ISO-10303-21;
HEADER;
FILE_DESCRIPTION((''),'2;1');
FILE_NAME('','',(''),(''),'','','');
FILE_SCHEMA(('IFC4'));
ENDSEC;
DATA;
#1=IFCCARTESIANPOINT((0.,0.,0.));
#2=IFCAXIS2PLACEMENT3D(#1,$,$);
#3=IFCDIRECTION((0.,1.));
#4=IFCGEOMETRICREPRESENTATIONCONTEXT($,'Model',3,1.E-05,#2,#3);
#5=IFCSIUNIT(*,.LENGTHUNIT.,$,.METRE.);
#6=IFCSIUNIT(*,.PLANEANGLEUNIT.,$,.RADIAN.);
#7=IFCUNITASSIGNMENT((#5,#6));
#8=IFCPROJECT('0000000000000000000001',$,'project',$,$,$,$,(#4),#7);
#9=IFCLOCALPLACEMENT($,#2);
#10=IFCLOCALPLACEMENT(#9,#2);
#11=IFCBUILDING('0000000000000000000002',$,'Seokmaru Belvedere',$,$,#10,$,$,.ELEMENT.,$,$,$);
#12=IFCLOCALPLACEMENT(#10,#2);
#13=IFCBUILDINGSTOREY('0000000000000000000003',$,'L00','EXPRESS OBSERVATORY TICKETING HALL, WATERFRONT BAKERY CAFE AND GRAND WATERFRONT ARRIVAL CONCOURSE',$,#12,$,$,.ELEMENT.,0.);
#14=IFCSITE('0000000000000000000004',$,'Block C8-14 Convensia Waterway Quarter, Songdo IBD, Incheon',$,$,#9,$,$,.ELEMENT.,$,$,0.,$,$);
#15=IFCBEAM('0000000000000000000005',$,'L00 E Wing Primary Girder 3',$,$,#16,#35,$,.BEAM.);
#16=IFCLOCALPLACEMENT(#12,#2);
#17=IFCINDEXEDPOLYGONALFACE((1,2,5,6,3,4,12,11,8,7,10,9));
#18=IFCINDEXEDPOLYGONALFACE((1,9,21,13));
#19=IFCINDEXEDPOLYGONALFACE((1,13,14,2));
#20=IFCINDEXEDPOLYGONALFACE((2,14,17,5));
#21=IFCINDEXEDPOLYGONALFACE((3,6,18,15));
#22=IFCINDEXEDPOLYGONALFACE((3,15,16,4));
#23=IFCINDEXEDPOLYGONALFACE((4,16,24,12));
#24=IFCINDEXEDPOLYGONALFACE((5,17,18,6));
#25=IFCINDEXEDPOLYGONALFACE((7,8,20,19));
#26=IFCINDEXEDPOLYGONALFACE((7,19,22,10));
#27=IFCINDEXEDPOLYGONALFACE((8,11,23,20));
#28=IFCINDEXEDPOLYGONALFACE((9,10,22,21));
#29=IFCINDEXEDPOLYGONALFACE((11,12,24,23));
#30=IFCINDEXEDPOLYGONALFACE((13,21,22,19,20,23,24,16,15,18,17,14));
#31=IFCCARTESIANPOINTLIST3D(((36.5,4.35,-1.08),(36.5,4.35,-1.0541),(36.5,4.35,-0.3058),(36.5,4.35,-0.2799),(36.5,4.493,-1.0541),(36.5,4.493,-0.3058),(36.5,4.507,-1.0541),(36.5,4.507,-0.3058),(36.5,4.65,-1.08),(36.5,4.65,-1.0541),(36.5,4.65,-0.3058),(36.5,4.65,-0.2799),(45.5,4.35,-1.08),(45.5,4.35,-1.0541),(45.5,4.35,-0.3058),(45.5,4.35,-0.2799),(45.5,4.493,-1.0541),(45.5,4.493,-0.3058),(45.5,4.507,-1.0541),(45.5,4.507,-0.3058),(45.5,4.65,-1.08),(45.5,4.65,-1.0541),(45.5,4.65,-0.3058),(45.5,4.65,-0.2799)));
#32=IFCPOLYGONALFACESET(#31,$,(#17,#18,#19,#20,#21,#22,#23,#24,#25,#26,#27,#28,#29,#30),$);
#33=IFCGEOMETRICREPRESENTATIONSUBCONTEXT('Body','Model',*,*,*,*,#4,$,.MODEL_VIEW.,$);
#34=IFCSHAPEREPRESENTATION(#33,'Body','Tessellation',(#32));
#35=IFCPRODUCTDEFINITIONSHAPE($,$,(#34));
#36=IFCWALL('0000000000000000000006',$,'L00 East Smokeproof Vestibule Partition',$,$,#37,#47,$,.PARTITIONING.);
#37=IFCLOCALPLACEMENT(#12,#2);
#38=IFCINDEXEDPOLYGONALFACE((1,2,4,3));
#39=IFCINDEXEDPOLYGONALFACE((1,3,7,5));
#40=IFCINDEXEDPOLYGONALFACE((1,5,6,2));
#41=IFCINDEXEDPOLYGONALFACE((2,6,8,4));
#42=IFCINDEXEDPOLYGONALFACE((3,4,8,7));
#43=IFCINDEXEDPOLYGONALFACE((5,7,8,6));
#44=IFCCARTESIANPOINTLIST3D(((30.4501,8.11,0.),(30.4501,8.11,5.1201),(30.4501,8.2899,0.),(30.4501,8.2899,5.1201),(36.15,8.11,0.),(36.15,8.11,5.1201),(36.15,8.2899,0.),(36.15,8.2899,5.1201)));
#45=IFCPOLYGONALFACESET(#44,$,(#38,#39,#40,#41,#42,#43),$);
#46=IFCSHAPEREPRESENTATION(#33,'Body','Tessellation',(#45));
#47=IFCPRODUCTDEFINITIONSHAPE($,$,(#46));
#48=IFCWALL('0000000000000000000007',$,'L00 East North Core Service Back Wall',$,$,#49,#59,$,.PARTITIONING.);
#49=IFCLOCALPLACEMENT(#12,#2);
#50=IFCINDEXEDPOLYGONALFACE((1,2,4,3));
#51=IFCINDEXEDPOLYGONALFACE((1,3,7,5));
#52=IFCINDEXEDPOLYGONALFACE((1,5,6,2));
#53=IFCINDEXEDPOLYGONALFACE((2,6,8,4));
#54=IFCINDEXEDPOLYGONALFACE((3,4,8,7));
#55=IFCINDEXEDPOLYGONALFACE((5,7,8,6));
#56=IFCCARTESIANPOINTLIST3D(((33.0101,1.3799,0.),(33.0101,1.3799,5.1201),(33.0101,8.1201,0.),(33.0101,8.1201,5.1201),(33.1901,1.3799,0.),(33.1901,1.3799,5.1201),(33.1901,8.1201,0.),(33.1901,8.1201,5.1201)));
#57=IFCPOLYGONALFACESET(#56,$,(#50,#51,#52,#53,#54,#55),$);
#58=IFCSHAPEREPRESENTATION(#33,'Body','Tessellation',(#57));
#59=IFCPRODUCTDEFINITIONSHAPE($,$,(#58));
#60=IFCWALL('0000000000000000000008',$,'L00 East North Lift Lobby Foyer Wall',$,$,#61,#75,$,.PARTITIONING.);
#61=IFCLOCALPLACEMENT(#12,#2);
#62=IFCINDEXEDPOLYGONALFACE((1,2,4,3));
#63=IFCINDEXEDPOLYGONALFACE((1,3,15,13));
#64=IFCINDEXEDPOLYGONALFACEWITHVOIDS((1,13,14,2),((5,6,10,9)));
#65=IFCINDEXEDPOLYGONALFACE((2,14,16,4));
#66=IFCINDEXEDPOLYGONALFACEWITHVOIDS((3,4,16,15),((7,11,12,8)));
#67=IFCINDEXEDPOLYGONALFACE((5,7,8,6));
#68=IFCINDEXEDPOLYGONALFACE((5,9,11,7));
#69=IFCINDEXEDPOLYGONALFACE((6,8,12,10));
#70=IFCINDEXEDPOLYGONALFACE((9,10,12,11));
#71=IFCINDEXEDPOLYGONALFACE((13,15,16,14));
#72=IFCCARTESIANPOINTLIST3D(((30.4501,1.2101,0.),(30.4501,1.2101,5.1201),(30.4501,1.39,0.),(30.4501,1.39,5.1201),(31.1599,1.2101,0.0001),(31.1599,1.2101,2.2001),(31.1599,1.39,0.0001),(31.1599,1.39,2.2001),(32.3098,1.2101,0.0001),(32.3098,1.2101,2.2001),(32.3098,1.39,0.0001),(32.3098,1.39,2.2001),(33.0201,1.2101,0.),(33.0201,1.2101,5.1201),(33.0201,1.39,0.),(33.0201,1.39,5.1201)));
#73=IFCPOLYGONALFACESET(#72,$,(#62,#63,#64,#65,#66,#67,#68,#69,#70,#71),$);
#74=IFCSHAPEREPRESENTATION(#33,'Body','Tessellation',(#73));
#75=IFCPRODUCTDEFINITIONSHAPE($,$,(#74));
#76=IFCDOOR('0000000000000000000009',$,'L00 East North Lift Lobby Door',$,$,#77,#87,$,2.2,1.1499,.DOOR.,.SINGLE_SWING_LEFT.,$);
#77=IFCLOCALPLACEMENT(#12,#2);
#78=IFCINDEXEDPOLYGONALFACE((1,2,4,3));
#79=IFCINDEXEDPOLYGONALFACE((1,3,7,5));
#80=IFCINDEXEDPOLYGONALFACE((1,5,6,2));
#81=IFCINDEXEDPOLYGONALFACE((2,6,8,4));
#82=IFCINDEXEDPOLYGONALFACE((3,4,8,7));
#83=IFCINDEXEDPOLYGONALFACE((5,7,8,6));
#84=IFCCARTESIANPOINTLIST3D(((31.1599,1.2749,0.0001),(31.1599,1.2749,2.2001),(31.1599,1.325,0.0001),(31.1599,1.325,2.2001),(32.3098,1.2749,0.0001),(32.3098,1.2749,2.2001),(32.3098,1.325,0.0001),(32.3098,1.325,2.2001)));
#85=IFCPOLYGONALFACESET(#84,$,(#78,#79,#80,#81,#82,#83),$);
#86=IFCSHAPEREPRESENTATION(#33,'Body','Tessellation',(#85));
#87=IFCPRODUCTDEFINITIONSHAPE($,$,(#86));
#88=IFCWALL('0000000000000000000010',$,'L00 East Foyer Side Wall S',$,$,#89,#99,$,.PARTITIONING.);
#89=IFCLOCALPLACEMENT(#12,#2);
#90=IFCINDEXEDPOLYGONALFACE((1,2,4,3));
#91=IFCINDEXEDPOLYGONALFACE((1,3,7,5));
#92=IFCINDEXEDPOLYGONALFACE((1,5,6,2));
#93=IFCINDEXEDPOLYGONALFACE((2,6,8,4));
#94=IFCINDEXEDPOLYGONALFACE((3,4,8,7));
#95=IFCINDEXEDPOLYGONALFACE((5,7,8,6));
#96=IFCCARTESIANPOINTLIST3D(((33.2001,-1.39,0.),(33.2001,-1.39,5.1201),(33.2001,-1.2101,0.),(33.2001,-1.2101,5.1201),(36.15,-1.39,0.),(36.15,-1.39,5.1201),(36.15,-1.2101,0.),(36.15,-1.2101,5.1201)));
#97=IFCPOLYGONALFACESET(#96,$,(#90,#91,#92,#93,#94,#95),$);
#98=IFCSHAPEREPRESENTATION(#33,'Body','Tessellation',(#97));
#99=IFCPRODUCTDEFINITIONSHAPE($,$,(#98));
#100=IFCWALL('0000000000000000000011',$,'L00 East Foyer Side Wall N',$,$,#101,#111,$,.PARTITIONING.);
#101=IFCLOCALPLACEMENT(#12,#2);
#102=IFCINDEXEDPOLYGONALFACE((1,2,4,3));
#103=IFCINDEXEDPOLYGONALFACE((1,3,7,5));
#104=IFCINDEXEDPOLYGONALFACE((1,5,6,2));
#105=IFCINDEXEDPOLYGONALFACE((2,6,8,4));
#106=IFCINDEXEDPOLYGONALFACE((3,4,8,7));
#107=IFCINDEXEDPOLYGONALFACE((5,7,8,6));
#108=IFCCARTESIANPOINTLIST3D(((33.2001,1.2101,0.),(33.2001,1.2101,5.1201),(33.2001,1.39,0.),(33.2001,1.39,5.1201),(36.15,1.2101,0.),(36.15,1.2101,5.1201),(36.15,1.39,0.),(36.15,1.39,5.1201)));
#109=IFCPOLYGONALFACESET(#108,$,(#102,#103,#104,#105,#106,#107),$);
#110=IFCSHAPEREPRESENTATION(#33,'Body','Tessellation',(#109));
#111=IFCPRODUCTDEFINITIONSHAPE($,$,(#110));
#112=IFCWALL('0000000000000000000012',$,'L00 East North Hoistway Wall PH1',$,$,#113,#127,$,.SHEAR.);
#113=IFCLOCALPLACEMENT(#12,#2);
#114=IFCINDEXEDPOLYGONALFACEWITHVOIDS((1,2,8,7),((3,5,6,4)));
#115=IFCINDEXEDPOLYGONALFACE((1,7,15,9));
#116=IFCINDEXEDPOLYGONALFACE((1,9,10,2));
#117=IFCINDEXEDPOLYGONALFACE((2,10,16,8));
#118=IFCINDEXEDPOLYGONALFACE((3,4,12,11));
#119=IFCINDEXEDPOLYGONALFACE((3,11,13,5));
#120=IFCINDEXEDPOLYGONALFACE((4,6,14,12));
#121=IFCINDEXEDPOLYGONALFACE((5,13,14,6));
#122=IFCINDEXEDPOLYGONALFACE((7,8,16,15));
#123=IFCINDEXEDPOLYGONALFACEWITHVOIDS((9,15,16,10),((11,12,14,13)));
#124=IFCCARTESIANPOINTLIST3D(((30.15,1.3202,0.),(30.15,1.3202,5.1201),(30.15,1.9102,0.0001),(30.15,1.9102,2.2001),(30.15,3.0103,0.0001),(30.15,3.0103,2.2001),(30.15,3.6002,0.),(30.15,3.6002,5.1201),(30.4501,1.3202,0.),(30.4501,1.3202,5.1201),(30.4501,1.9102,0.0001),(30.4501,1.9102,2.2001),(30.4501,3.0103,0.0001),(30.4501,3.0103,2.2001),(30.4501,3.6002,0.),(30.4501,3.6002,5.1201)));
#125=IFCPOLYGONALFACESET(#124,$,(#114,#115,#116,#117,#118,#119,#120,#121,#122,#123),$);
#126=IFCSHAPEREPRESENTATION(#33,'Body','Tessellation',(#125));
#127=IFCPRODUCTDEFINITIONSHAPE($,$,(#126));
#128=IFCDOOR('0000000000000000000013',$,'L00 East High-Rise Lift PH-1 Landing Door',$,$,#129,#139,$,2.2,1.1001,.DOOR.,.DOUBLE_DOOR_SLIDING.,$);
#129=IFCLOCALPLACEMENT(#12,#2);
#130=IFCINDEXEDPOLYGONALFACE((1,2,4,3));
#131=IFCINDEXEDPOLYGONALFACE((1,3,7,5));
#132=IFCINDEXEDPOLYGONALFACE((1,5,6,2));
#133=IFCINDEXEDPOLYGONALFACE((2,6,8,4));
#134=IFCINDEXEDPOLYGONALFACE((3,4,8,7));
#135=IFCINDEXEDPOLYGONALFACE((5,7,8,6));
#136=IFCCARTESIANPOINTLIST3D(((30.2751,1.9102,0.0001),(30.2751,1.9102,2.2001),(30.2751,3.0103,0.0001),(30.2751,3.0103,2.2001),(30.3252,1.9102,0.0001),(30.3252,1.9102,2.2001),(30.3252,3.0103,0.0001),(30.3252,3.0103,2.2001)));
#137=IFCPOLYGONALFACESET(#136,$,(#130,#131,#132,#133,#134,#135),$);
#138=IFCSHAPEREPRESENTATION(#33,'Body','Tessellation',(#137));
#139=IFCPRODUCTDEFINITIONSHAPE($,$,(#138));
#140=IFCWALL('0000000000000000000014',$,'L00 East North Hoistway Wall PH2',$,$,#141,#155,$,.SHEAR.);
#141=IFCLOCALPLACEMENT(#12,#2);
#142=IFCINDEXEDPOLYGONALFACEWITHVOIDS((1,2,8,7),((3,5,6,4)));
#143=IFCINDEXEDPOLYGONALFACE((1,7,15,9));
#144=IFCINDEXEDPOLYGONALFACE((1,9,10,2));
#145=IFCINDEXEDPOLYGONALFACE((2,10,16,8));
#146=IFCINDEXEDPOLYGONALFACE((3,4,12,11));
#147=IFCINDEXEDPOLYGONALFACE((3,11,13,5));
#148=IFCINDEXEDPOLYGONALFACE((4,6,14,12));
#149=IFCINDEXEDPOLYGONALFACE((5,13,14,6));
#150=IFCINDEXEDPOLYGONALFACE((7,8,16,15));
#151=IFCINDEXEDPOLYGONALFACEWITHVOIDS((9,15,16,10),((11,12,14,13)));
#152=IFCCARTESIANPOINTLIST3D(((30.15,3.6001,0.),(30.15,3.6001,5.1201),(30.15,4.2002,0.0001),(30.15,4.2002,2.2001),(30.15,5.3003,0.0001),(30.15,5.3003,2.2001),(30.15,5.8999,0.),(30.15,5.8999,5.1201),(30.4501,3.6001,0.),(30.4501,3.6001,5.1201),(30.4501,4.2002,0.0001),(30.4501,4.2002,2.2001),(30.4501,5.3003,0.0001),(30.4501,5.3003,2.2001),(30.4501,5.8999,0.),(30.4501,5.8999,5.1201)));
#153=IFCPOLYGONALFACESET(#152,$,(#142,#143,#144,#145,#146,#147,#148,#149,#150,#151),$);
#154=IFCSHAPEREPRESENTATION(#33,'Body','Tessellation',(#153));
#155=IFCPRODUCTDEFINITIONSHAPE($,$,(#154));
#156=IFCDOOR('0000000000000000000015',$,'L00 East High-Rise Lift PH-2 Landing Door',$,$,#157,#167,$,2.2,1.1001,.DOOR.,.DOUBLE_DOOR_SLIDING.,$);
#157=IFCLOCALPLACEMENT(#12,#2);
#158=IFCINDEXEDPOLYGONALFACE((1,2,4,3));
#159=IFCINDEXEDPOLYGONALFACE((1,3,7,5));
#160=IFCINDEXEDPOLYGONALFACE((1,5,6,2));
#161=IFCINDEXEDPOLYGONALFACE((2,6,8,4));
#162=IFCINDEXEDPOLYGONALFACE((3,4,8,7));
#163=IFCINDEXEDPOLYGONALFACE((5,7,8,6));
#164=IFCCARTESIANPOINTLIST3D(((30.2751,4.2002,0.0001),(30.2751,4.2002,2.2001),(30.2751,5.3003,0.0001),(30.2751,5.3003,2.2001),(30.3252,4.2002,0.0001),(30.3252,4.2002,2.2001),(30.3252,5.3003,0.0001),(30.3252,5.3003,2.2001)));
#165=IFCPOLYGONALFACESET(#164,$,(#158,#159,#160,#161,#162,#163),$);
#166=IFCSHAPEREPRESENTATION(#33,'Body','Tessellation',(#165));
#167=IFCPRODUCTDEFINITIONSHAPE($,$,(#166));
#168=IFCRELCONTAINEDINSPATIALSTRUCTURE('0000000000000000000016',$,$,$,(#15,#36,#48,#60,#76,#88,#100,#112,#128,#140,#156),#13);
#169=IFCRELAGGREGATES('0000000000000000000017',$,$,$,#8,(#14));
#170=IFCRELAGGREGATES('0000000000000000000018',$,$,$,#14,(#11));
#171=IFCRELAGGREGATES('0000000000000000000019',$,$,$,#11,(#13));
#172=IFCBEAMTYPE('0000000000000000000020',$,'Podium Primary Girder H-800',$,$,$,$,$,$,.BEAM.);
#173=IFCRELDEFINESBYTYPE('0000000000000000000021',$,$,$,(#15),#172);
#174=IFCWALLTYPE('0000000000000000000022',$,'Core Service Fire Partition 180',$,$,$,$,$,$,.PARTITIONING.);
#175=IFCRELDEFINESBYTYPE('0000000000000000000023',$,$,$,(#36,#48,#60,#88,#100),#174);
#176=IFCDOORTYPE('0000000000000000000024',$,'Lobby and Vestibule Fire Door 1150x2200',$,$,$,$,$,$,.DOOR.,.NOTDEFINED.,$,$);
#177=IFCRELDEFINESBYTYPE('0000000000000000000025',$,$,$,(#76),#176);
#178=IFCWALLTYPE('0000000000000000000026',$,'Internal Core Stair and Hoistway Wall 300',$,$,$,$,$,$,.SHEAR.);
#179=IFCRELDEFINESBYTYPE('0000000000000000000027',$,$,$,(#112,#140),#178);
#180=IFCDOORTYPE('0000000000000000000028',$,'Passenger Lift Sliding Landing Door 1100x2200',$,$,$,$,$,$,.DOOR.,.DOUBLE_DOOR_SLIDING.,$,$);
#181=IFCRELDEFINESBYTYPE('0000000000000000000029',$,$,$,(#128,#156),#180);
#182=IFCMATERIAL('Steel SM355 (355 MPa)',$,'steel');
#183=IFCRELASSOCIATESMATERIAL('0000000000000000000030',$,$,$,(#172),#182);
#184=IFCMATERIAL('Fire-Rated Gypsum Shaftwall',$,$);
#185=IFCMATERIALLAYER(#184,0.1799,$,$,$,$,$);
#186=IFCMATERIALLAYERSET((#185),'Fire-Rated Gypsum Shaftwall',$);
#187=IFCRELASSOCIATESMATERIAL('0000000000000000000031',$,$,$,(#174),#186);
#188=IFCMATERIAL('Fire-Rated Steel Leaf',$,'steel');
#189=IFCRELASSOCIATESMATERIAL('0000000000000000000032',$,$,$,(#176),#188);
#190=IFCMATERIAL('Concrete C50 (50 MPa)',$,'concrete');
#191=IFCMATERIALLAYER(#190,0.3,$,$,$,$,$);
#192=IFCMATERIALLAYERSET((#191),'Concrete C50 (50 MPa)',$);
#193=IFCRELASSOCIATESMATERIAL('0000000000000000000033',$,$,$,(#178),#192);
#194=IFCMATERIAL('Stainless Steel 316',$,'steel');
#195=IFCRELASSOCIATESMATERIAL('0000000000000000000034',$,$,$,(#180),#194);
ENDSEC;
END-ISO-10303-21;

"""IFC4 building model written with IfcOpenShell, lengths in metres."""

from ifc_helpers import new_model, si_unit, direction, frame, frame_2d, origin, origin_2d, place, context, subcontext, project, spatial, rectangle, i_section, extrude, source, transform, mapped, material, layer, layer_set, material_profile, profile_set, type_object, type_shapes, element, fill, save


model = new_model("IFC4")

# Units and contexts
model_context = context("Model", 3, precision=1e-05, world=origin(), true_north=direction((0.0, 1.0)))
body_context = subcontext(model_context, "Body", "Model", "MODEL_VIEW")
ifc_project = project(units=[si_unit("LENGTHUNIT", "METRE"), si_unit("PLANEANGLEUNIT", "RADIAN")], contexts=[model_context])

# Site, building, storey
site_placement = place(None, origin())
site = spatial("IfcSite", under=ifc_project, at=site_placement, Name="Block C8-14 Convensia Waterway Quarter, Songdo IBD, Incheon", CompositionType="ELEMENT", RefElevation=0.0)
building_placement = place(site_placement, origin())
building = spatial("IfcBuilding", under=site, at=building_placement, Name="Seokmaru Belvedere", CompositionType="ELEMENT")
storey_placement = place(building_placement, origin())
storey = spatial("IfcBuildingStorey", under=building, at=storey_placement, Name="L00", Description="EXPRESS OBSERVATORY TICKETING HALL, WATERFRONT BAKERY CAFE AND GRAND WATERFRONT ARRIVAL CONCOURSE", CompositionType="ELEMENT", Elevation=0.0)

# Beam
ifc_material_1 = material(Name="Steel SM355 (355 MPa)", Category="steel")
ifc_material_profile = material_profile(ifc_material_1, i_section(OverallWidth=0.3, OverallDepth=0.8, WebThickness=0.0139, FlangeThickness=0.0259, at=origin_2d()), Name="H-800x300x14x26")
ifc_profile_set = profile_set([ifc_material_profile], Name="Steel SM355 (355 MPa)")
beam_type = type_object("IfcBeamType", Name="Podium Primary Girder H-800", PredefinedType="BEAM", material=ifc_profile_set)
shared_shape_1 = source(origin(), body_context, "Body", "SweptSolid", [
    extrude(i_section(OverallWidth=0.3, OverallDepth=0.8, WebThickness=0.0139, FlangeThickness=0.0259, at=origin_2d()), origin(), (0.0, 0.0, 1.0), 9.0),
])
type_shapes(beam_type, [shared_shape_1])
beam_placement = place(storey_placement, frame((36.5, 4.5, -0.6799), z_axis=(1.0, 0.0, 0.0), x_axis=(0.0, 1.0, 0.0)))
element("IfcBeam", 1, at=beam_placement, inside=storey, type_object=beam_type, Name="L00 E Wing Primary Girder 3", PredefinedType="BEAM", context=body_context, shape_type="MappedRepresentation", body=[
    mapped(shared_shape_1, transform((0.0, 0.0, 0.0), scale=1.0)),
])

# Walls
ifc_material_2 = material(Name="Fire-Rated Gypsum Shaftwall")
ifc_layer_1 = layer(ifc_material_2, 0.1799)
ifc_layer_set_1 = layer_set([ifc_layer_1], Name="Fire-Rated Gypsum Shaftwall")
wall_type_1 = type_object("IfcWallType", Name="Core Service Fire Partition 180", PredefinedType="PARTITIONING", material=ifc_layer_set_1)
wall_1_placement = place(storey_placement, frame((30.45, 8.2, 0.0), z_axis=(0.0, 0.0, 1.0), x_axis=(1.0, 0.0, 0.0)))
element("IfcWall", 2, at=wall_1_placement, inside=storey, type_object=wall_type_1, Name="L00 East Smokeproof Vestibule Partition", PredefinedType="PARTITIONING", context=body_context, shape_type="SweptSolid", body=[
    extrude(rectangle(XDim=5.7, YDim=0.1799, at=frame_2d((2.8501, 0.0))), origin(), (0.0, 0.0, 1.0), 5.1201),
])
wall_2_placement = place(storey_placement, frame((33.1001, 1.3799, 0.0), z_axis=(0.0, 0.0, 1.0), x_axis=(0.0, 1.0, 0.0)))
element("IfcWall", 3, at=wall_2_placement, inside=storey, type_object=wall_type_1, Name="L00 East North Core Service Back Wall", PredefinedType="PARTITIONING", context=body_context, shape_type="SweptSolid", body=[
    extrude(rectangle(XDim=6.7402, YDim=0.1799, at=frame_2d((3.3701, 0.0))), origin(), (0.0, 0.0, 1.0), 5.1201),
])

# Wall, opening, door
wall_3_placement = place(storey_placement, frame((30.45, 1.3, 0.0), z_axis=(0.0, 0.0, 1.0), x_axis=(1.0, 0.0, 0.0)))
wall_3 = element("IfcWall", 4, at=wall_3_placement, inside=storey, type_object=wall_type_1, Name="L00 East North Lift Lobby Foyer Wall", PredefinedType="PARTITIONING", context=body_context, shape_type="SweptSolid", body=[
    extrude(rectangle(XDim=2.5701, YDim=0.1799, at=frame_2d((1.2852, 0.0))), origin(), (0.0, 0.0, 1.0), 5.1201),
])
opening_1_placement = place(wall_3_placement, frame((0.71, 0.0, 0.0)))
opening_1 = element("IfcOpeningElement", 5, at=opening_1_placement, cuts=wall_3, PredefinedType="OPENING", context=body_context, shape_type="SweptSolid", body=[
    extrude(rectangle(XDim=1.1499, YDim=2.2, at=frame_2d((0.575, 1.1001))), frame((0.0, 0.1001, 0.0), z_axis=(0.0, -1.0, 0.0), x_axis=(1.0, 0.0, 0.0)), (0.0, 0.0, 1.0), 0.2),
])
ifc_material_3 = material(Name="Fire-Rated Steel Leaf", Category="steel")
door_type_1 = type_object("IfcDoorType", Name="Lobby and Vestibule Fire Door 1150x2200", OperationType="NOTDEFINED", PredefinedType="DOOR", material=ifc_material_3)
shared_shape_2 = source(origin(), body_context, "Body", "SweptSolid", [
    extrude(rectangle(XDim=1.1499, YDim=2.2, at=frame_2d((0.575, 1.1001))), frame((0.0, 0.0249, 0.0), z_axis=(0.0, -1.0, 0.0), x_axis=(1.0, 0.0, 0.0)), (0.0, 0.0, 1.0), 0.05),
])
type_shapes(door_type_1, [shared_shape_2])
door_1_placement = place(opening_1_placement, origin())
door_1 = element("IfcDoor", 6, at=door_1_placement, inside=storey, type_object=door_type_1, Name="L00 East North Lift Lobby Door", OperationType="SINGLE_SWING_LEFT", OverallHeight=2.2, OverallWidth=1.1499, PredefinedType="DOOR", context=body_context, shape_type="MappedRepresentation", body=[
    mapped(shared_shape_2, transform((0.0, 0.0, 0.0), scale=1.0)),
])
fill(opening_1, door_1)

# Walls
for number, where, z_axis, x_axis, name in (
    (7, (33.2, -1.3, 0.0), (0.0, 0.0, 1.0), (1.0, 0.0, 0.0), "L00 East Foyer Side Wall S"),
    (8, (33.2, 1.3, 0.0), (0.0, 0.0, 1.0), (1.0, 0.0, 0.0), "L00 East Foyer Side Wall N"),
):
    element("IfcWall", number, at=place(storey_placement, frame(where, z_axis=z_axis, x_axis=x_axis)), inside=storey, type_object=wall_type_1, Name=name, PredefinedType="PARTITIONING", context=body_context, shape_type="SweptSolid", body=[
        extrude(rectangle(XDim=2.95, YDim=0.1799, at=frame_2d((1.4751, 0.0))), origin(), (0.0, 0.0, 1.0), 5.1201),
    ])

# Walls, openings, doors
ifc_material_4 = material(Name="Concrete C50 (50 MPa)", Category="concrete")
ifc_layer_2 = layer(ifc_material_4, 0.3)
ifc_layer_set_2 = layer_set([ifc_layer_2], Name="Concrete C50 (50 MPa)")
wall_type_2 = type_object("IfcWallType", Name="Internal Core Stair and Hoistway Wall 300", PredefinedType="SHEAR", material=ifc_layer_set_2)
wall_4_placement = place(storey_placement, frame((30.3, 1.3201, 0.0), z_axis=(0.0, 0.0, 1.0), x_axis=(0.0, 1.0, 0.0)))
wall_4 = element("IfcWall", 9, at=wall_4_placement, inside=storey, type_object=wall_type_2, Name="L00 East North Hoistway Wall PH1", PredefinedType="SHEAR", context=body_context, shape_type="SweptSolid", body=[
    extrude(rectangle(XDim=2.28, YDim=0.3, at=frame_2d((1.1401, 0.0))), origin(), (0.0, 0.0, 1.0), 5.1201),
])
opening_2_placement = place(wall_4_placement, frame((0.5901, 0.0, 0.0)))
opening_2 = element("IfcOpeningElement", 10, at=opening_2_placement, cuts=wall_4, PredefinedType="OPENING", context=body_context, shape_type="SweptSolid", body=[
    extrude(rectangle(XDim=1.1001, YDim=2.2, at=frame_2d((0.55, 1.1001))), frame((0.0, 0.1602, 0.0), z_axis=(0.0, -1.0, 0.0), x_axis=(1.0, 0.0, 0.0)), (0.0, 0.0, 1.0), 0.3201),
])
ifc_material_5 = material(Name="Stainless Steel 316", Category="steel")
door_type_2 = type_object("IfcDoorType", Name="Passenger Lift Sliding Landing Door 1100x2200", OperationType="DOUBLE_DOOR_SLIDING", PredefinedType="DOOR", material=ifc_material_5)
shared_shape_3 = source(origin(), body_context, "Body", "SweptSolid", [
    extrude(rectangle(XDim=1.1001, YDim=2.2, at=frame_2d((0.55, 1.1001))), frame((0.0, 0.0249, 0.0), z_axis=(0.0, -1.0, 0.0), x_axis=(1.0, 0.0, 0.0)), (0.0, 0.0, 1.0), 0.05),
])
type_shapes(door_type_2, [shared_shape_3])
door_2_placement = place(opening_2_placement, origin())
door_2 = element("IfcDoor", 11, at=door_2_placement, inside=storey, type_object=door_type_2, Name="L00 East High-Rise Lift PH-1 Landing Door", OperationType="DOUBLE_DOOR_SLIDING", OverallHeight=2.2, OverallWidth=1.1001, PredefinedType="DOOR", context=body_context, shape_type="MappedRepresentation", body=[
    mapped(shared_shape_3, transform((0.0, 0.0, 0.0), scale=1.0)),
])
fill(opening_2, door_2)
wall_5_placement = place(storey_placement, frame((30.3, 3.6001, 0.0), z_axis=(0.0, 0.0, 1.0), x_axis=(0.0, 1.0, 0.0)))
wall_5 = element("IfcWall", 12, at=wall_5_placement, inside=storey, type_object=wall_type_2, Name="L00 East North Hoistway Wall PH2", PredefinedType="SHEAR", context=body_context, shape_type="SweptSolid", body=[
    extrude(rectangle(XDim=2.2998, YDim=0.3, at=frame_2d((1.1499, 0.0))), origin(), (0.0, 0.0, 1.0), 5.1201),
])
opening_3_placement = place(wall_5_placement, frame((0.6001, 0.0, 0.0)))
opening_3 = element("IfcOpeningElement", 13, at=opening_3_placement, cuts=wall_5, PredefinedType="OPENING", context=body_context, shape_type="SweptSolid", body=[
    extrude(rectangle(XDim=1.1001, YDim=2.2, at=frame_2d((0.55, 1.1001))), frame((0.0, 0.1602, 0.0), z_axis=(0.0, -1.0, 0.0), x_axis=(1.0, 0.0, 0.0)), (0.0, 0.0, 1.0), 0.3201),
])
door_3_placement = place(opening_3_placement, origin())
door_3 = element("IfcDoor", 14, at=door_3_placement, inside=storey, type_object=door_type_2, Name="L00 East High-Rise Lift PH-2 Landing Door", OperationType="DOUBLE_DOOR_SLIDING", OverallHeight=2.2, OverallWidth=1.1001, PredefinedType="DOOR", context=body_context, shape_type="MappedRepresentation", body=[
    mapped(shared_shape_3, transform((0.0, 0.0, 0.0), scale=1.0)),
])
fill(opening_3, door_3)

save(model, "model.ifc")
